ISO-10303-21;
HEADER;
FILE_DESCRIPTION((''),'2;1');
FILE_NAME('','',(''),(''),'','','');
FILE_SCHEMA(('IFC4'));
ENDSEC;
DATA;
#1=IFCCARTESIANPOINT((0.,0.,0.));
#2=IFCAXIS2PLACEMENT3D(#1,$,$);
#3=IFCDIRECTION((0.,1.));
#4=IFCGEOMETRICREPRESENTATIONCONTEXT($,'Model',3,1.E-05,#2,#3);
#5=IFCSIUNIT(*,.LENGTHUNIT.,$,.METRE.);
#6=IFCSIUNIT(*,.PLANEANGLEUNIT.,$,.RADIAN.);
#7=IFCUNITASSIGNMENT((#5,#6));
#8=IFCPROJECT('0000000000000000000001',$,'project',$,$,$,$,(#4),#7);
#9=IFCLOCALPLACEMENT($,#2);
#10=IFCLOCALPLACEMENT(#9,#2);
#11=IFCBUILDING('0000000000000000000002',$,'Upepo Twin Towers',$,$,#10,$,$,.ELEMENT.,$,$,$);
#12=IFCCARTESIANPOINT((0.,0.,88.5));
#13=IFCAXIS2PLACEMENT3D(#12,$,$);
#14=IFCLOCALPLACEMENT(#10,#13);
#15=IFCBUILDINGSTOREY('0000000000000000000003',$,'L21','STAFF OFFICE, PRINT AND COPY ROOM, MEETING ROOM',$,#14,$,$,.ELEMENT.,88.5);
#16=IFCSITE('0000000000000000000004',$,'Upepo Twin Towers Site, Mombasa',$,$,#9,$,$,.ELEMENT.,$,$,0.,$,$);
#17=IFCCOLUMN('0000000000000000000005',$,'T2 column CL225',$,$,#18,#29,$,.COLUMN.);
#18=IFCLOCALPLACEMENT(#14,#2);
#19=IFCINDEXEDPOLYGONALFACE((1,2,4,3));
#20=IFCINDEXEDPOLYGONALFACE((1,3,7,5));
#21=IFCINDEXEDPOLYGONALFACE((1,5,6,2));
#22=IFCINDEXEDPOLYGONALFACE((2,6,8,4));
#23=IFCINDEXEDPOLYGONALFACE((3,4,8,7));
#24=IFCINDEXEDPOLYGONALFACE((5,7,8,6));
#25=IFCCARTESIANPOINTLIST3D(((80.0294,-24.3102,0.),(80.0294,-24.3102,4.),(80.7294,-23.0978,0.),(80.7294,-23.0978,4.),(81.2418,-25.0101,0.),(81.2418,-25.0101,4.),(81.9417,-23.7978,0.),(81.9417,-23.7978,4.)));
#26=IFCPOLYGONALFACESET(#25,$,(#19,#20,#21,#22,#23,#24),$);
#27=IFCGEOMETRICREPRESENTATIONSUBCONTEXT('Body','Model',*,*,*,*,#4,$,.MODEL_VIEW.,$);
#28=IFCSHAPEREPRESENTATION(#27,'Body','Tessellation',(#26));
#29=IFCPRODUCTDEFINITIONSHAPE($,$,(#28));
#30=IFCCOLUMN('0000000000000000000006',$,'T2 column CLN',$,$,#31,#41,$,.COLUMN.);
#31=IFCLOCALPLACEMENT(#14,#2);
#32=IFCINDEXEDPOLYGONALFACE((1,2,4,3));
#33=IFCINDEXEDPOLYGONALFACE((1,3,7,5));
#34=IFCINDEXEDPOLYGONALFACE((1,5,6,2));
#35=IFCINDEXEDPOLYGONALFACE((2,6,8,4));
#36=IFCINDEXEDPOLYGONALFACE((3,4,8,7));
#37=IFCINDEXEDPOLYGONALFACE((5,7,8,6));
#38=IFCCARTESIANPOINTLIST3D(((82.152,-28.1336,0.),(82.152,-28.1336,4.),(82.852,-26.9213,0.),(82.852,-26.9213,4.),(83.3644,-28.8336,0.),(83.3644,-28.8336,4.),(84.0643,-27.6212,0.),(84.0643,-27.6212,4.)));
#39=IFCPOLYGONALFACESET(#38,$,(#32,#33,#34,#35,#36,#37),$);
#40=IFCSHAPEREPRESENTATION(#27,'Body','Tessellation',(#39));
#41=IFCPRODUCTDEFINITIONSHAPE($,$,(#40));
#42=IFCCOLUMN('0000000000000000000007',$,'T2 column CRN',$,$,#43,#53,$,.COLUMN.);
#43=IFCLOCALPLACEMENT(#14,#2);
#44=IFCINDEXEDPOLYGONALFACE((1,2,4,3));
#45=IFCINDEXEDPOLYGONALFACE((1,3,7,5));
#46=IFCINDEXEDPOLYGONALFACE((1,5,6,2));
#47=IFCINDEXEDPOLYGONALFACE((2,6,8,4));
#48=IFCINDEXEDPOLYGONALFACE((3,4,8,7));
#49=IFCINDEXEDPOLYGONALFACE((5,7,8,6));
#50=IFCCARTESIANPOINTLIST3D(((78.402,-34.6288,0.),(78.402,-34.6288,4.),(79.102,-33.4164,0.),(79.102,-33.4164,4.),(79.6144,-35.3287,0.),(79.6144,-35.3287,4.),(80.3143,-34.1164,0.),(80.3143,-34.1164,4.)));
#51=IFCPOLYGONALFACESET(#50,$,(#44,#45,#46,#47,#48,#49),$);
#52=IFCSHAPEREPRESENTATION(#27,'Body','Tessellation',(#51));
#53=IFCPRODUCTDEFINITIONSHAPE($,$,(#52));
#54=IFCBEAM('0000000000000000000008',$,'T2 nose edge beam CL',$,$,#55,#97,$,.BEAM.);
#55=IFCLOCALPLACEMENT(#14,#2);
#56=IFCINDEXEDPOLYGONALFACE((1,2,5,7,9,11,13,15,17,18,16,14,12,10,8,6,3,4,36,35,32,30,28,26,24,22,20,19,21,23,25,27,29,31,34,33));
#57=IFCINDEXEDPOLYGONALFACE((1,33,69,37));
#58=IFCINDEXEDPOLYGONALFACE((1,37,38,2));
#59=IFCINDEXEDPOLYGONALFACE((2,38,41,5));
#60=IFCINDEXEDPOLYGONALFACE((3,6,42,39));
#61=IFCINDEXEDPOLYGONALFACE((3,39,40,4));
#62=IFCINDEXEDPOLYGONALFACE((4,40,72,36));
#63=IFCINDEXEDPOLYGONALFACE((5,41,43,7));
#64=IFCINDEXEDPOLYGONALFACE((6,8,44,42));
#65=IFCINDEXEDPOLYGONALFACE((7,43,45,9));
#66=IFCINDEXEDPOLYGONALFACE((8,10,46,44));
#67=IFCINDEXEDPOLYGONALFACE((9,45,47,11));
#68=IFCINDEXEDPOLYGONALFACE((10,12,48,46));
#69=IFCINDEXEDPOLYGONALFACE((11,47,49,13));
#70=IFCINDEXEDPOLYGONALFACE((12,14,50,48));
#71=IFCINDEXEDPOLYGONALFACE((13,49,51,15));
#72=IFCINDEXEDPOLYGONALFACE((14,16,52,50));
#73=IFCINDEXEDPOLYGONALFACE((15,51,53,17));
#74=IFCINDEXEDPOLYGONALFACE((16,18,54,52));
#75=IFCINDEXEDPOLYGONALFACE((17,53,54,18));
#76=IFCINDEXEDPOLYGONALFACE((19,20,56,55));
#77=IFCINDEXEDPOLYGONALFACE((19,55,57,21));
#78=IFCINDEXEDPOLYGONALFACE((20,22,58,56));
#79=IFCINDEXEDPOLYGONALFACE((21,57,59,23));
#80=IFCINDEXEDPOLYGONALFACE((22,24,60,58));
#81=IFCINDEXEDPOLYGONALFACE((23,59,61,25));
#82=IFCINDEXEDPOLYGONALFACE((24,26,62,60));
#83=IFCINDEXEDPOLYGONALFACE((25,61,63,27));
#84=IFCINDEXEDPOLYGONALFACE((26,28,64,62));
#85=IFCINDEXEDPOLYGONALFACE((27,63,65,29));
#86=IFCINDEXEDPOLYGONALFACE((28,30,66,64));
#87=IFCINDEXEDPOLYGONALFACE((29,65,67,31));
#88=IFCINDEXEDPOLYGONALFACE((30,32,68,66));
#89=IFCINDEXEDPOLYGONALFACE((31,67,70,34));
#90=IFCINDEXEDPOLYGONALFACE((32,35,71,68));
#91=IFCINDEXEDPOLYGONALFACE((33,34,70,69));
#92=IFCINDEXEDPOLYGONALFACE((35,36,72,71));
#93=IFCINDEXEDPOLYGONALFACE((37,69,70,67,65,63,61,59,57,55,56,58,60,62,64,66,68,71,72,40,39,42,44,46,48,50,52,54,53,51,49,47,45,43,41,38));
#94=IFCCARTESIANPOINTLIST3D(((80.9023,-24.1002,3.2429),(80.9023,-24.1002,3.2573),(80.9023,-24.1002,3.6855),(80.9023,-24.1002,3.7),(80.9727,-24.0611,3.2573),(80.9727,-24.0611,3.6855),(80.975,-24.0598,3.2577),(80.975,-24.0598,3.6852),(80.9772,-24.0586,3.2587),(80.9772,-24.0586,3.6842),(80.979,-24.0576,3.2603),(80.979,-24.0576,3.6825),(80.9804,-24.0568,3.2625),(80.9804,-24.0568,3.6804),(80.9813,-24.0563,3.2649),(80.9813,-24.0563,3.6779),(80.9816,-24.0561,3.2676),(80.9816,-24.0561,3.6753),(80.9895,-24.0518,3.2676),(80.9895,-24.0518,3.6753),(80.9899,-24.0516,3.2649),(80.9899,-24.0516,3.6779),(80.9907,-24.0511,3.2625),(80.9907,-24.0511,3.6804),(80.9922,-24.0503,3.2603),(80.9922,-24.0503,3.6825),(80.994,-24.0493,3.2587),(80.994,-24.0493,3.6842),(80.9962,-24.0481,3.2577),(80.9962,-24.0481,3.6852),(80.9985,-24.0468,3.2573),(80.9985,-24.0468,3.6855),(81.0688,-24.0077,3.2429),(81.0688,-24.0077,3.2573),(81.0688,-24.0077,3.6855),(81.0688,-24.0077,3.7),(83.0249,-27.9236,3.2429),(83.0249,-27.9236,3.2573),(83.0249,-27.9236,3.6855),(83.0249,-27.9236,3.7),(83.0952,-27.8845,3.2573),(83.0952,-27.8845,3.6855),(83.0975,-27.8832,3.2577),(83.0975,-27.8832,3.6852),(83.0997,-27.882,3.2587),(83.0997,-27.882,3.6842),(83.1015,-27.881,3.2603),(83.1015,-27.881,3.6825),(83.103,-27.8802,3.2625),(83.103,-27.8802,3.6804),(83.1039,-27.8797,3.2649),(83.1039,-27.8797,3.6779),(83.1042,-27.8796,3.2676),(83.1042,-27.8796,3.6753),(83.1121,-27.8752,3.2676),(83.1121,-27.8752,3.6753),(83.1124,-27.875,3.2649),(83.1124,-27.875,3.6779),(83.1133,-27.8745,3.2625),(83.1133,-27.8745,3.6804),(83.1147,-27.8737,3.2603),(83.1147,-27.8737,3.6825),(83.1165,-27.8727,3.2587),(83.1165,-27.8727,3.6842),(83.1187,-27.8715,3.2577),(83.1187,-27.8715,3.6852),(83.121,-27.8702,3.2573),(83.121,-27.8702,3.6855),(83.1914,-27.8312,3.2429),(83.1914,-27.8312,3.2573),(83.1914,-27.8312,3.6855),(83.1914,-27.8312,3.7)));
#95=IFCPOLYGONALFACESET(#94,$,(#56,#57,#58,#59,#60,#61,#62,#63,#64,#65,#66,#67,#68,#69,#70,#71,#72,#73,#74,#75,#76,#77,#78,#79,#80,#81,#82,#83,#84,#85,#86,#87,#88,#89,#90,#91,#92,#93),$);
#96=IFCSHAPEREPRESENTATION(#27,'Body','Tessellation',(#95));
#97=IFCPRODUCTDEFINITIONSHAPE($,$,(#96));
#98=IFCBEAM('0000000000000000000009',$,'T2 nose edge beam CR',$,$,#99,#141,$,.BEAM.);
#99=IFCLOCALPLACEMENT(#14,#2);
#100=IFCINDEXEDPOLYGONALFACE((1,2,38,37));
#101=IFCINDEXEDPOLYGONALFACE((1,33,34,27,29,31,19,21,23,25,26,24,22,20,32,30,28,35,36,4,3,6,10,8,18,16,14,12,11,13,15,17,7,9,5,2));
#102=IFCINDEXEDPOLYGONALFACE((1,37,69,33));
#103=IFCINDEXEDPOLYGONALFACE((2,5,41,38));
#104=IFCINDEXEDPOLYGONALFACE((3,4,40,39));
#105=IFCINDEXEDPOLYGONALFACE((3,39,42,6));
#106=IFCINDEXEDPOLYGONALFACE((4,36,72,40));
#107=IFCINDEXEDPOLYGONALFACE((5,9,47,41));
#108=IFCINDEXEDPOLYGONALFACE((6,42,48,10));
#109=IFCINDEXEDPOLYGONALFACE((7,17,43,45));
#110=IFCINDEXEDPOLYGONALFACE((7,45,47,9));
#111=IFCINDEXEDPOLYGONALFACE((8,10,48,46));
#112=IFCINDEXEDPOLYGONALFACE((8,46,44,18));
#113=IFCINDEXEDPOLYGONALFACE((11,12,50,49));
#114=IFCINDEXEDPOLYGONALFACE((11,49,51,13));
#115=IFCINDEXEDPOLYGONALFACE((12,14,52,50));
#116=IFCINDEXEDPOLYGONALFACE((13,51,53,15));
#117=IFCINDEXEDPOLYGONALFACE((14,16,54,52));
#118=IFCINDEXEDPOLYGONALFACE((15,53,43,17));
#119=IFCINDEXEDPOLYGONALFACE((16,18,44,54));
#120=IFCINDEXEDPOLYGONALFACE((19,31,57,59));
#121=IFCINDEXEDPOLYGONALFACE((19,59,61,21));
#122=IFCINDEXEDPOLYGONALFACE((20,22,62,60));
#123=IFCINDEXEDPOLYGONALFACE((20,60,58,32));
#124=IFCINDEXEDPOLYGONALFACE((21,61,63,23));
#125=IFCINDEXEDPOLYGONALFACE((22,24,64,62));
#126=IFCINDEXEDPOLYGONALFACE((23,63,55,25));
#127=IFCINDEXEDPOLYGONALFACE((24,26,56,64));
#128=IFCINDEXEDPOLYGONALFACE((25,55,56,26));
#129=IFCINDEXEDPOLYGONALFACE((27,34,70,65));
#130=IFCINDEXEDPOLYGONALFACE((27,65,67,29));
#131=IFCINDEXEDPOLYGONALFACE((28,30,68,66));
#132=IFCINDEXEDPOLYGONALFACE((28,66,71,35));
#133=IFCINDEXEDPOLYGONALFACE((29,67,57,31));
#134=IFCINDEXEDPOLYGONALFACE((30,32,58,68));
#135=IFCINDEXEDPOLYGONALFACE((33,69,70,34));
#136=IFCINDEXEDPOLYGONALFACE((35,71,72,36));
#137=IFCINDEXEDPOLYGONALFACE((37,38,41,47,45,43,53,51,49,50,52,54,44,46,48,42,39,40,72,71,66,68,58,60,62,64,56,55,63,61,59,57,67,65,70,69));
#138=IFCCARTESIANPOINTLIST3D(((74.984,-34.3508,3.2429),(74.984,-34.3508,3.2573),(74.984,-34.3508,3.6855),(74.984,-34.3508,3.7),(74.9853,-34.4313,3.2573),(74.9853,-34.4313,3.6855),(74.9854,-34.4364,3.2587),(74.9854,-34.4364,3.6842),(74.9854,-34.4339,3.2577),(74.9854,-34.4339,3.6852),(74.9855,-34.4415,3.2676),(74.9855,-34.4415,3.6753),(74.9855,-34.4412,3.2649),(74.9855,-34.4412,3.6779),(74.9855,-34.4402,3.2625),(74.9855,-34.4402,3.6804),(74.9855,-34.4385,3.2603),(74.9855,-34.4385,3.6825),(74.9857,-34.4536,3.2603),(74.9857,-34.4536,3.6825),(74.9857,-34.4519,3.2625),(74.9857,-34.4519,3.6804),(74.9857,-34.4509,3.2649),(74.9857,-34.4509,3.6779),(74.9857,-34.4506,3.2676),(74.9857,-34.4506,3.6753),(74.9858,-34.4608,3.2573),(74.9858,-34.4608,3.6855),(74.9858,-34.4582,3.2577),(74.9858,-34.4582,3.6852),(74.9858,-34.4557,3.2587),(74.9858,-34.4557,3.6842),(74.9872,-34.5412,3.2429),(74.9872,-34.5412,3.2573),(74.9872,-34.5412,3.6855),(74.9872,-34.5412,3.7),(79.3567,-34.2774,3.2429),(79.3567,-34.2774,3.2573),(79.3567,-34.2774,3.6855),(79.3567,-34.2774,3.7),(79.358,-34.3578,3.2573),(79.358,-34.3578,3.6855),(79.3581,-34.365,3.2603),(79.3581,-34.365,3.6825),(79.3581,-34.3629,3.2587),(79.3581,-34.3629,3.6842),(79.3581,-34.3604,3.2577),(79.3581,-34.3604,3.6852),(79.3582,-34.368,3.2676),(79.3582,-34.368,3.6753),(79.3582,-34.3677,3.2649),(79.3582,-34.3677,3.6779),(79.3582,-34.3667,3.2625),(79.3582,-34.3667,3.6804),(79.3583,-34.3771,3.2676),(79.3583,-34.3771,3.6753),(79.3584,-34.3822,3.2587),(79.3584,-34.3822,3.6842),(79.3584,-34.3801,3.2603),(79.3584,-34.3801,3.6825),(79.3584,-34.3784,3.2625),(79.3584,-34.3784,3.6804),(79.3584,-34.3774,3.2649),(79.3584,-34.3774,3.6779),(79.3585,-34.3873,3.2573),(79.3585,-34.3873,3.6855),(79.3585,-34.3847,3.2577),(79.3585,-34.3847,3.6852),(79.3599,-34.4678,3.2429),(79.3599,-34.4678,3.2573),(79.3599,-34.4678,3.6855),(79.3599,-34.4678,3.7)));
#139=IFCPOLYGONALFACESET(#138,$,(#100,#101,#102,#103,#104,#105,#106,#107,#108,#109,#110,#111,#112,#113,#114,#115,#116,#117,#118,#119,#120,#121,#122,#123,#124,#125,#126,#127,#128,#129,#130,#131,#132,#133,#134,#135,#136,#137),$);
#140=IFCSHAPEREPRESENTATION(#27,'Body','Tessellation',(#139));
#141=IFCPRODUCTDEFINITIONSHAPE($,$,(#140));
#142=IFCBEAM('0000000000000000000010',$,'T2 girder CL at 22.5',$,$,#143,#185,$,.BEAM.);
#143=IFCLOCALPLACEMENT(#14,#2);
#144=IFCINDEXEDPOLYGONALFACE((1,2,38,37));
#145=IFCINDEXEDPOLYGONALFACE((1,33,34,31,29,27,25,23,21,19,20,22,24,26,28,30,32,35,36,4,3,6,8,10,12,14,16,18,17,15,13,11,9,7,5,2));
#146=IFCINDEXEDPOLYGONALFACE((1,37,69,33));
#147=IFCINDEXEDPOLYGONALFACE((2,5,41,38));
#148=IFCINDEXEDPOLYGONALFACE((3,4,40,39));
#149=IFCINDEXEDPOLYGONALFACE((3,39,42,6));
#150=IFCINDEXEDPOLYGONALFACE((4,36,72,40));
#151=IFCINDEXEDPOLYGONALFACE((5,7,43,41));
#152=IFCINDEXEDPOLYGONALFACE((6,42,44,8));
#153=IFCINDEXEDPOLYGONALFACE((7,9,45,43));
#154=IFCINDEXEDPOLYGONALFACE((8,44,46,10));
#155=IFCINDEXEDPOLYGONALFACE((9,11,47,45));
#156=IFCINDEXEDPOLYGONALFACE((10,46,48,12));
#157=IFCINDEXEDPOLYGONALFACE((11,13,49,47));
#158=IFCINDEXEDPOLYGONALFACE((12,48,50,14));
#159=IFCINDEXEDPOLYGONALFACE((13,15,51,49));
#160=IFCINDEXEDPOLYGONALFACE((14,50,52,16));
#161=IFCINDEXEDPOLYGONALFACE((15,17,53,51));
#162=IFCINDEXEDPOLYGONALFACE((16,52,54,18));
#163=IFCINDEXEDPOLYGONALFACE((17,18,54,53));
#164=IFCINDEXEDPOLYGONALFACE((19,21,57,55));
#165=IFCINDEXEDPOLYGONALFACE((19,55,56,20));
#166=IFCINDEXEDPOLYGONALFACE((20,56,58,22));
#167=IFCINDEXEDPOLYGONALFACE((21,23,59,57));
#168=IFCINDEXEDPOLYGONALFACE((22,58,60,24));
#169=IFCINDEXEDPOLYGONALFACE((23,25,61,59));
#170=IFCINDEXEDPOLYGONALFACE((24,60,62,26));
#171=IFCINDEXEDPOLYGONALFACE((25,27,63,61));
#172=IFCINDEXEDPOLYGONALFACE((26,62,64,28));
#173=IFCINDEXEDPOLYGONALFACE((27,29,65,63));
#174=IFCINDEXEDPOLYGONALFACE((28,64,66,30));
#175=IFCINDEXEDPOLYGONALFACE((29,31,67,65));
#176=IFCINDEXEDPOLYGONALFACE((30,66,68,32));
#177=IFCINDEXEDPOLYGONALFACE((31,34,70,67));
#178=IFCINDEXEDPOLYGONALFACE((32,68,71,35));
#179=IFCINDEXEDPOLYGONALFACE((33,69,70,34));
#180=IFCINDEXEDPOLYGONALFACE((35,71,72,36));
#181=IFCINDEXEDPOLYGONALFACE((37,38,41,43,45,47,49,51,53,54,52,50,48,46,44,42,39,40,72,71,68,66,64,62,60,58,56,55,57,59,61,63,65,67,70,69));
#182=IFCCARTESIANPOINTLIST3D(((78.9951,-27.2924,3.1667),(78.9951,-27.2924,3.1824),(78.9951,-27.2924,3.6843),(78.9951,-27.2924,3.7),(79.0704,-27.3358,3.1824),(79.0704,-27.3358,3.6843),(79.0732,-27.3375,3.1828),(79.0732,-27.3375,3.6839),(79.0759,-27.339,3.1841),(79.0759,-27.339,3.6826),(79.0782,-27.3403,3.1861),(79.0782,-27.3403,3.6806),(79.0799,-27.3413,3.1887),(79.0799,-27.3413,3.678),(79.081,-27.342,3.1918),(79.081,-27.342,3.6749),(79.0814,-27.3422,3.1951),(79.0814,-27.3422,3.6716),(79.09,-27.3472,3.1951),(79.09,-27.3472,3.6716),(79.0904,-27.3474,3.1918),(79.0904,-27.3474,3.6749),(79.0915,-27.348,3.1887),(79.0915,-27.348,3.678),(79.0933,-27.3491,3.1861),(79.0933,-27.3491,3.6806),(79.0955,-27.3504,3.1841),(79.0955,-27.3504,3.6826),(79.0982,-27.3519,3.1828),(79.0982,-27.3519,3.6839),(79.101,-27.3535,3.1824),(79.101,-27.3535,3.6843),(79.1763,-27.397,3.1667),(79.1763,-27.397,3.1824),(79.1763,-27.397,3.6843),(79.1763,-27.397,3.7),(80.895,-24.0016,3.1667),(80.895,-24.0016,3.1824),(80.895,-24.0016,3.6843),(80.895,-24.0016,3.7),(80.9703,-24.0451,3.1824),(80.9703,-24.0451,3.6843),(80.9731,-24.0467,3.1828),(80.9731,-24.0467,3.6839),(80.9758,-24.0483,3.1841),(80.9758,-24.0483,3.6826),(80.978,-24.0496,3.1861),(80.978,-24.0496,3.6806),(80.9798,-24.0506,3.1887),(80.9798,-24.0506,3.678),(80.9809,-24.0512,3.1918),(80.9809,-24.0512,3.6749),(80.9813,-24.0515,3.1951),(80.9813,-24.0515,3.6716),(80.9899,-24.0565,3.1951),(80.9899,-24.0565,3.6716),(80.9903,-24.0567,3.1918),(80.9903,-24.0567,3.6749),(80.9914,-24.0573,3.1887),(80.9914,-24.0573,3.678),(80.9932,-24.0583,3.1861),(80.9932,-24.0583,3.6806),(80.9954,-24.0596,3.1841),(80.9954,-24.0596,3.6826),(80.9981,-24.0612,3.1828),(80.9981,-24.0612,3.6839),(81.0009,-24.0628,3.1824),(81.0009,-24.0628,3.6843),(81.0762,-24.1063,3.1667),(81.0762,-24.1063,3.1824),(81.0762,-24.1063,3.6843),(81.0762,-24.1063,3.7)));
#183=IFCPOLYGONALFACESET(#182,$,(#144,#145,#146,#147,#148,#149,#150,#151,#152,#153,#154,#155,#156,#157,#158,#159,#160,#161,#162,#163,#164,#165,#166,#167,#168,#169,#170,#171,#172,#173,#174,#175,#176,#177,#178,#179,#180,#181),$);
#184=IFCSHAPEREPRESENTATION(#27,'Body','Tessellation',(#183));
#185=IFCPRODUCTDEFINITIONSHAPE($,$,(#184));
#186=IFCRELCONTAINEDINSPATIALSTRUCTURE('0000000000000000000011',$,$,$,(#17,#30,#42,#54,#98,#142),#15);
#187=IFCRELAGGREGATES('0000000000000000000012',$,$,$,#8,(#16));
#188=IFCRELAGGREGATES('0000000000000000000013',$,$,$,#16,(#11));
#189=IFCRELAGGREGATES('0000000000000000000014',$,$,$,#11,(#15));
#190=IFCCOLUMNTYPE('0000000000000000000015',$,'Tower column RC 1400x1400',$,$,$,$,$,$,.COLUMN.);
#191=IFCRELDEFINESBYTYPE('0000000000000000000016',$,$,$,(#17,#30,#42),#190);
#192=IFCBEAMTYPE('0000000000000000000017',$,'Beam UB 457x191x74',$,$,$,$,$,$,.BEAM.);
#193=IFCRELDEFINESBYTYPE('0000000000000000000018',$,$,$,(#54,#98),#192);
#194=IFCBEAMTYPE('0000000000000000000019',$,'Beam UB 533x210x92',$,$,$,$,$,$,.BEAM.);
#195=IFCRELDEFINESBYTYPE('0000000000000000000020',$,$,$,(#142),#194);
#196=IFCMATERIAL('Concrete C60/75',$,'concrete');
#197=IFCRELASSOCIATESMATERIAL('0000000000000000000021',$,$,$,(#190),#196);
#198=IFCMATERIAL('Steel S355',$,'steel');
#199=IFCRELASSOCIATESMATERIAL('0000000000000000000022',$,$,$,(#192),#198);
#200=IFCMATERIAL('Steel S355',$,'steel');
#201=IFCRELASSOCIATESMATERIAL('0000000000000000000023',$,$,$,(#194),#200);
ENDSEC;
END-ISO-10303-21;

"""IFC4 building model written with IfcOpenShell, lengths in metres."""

from ifc_helpers import new_model, si_unit, direction, frame, origin, origin_2d, place, context, subcontext, project, spatial, rectangle, i_section, extrude, material, material_profile, profile_set, type_object, element, save


model = new_model("IFC4")

# Units and contexts
model_context = context("Model", 3, precision=1e-05, world=origin(), true_north=direction((0.0, 1.0)))
body_context = subcontext(model_context, "Body", "Model", "MODEL_VIEW")
ifc_project = project(units=[si_unit("LENGTHUNIT", "METRE"), si_unit("PLANEANGLEUNIT", "RADIAN")], contexts=[model_context])

# Site, building, storey
site_placement = place(None, origin())
site = spatial("IfcSite", under=ifc_project, at=site_placement, Name="Upepo Twin Towers Site, Mombasa", CompositionType="ELEMENT", RefElevation=0.0)
building_placement = place(site_placement, origin())
building = spatial("IfcBuilding", under=site, at=building_placement, Name="Upepo Twin Towers", CompositionType="ELEMENT")
storey_placement = place(building_placement, frame((0.0, 0.0, 88.5)))
storey = spatial("IfcBuildingStorey", under=building, at=storey_placement, Name="L21", Description="STAFF OFFICE, PRINT AND COPY ROOM, MEETING ROOM", CompositionType="ELEMENT", Elevation=88.5)

# Columns
ifc_material_1 = material(Name="Concrete C60/75", Category="concrete")
ifc_material_profile_1 = material_profile(ifc_material_1, rectangle(XDim=1.3999, YDim=1.3999, at=origin_2d()), Name="RC 1400x1400")
ifc_profile_set_1 = profile_set([ifc_material_profile_1], Name="Concrete C60/75")
column_type = type_object("IfcColumnType", Name="Tower column RC 1400x1400", PredefinedType="COLUMN", material=ifc_profile_set_1)
for number, where, z_axis, x_axis, name in (
    (1, (80.9856, -24.054, 0.0), (0.0, 0.0, 1.0), (0.5, 0.866025, 0.0), "T2 column CL225"),
    (2, (83.1082, -27.8774, 0.0), (0.0, 0.0, 1.0), (0.5, 0.866025, 0.0), "T2 column CLN"),
    (3, (79.3582, -34.3726, 0.0), (0.0, 0.0, 1.0), (0.5, 0.866025, 0.0), "T2 column CRN"),
):
    element("IfcColumn", number, at=place(storey_placement, frame(where, z_axis=z_axis, x_axis=x_axis)), inside=storey, type_object=column_type, Name=name, PredefinedType="COLUMN", context=body_context, shape_type="SweptSolid", body=[
        extrude(rectangle(XDim=1.3999, YDim=1.3999, at=origin_2d()), origin(), (0.0, 0.0, 1.0), 4.0),
    ])

# Beams
ifc_material_2 = material(Name="Steel S355", Category="steel")
ifc_material_profile_2 = material_profile(ifc_material_2, i_section(OverallWidth=0.1904, OverallDepth=0.457, WebThickness=0.009, FlangeThickness=0.0144, FilletRadius=0.0103, at=origin_2d()), Name="UB 457x191x74")
ifc_profile_set_2 = profile_set([ifc_material_profile_2], Name="Steel S355")
beam_type_1 = type_object("IfcBeamType", Name="Beam UB 457x191x74", PredefinedType="BEAM", material=ifc_profile_set_2)
beam_1_placement = place(storey_placement, frame((80.9856, -24.054, 3.4714), z_axis=(0.485363, -0.874313, 0.0), x_axis=(0.874313, 0.485363, 0.0)))
element("IfcBeam", 4, at=beam_1_placement, inside=storey, type_object=beam_type_1, Name="T2 nose edge beam CL", PredefinedType="BEAM", context=body_context, shape_type="SweptSolid", body=[
    extrude(i_section(OverallWidth=0.1904, OverallDepth=0.457, WebThickness=0.009, FlangeThickness=0.0144, FilletRadius=0.0103, at=origin_2d()), origin(), (0.0, 0.0, 1.0), 4.373),
])
beam_2_placement = place(storey_placement, frame((74.9856, -34.446, 3.4714), z_axis=(0.999859, 0.016804, 0.0), x_axis=(-0.016804, 0.999859, 0.0)))
element("IfcBeam", 5, at=beam_2_placement, inside=storey, type_object=beam_type_1, Name="T2 nose edge beam CR", PredefinedType="BEAM", context=body_context, shape_type="SweptSolid", body=[
    extrude(i_section(OverallWidth=0.1904, OverallDepth=0.457, WebThickness=0.009, FlangeThickness=0.0144, FilletRadius=0.0103, at=origin_2d()), origin(), (0.0, 0.0, 1.0), 4.3733),
])
ifc_material_3 = material(Name="Steel S355", Category="steel")
ifc_material_profile_3 = material_profile(ifc_material_3, i_section(OverallWidth=0.2092, OverallDepth=0.5332, WebThickness=0.01, FlangeThickness=0.0156, FilletRadius=0.0127, at=origin_2d()), Name="UB 533x210x92")
ifc_profile_set_3 = profile_set([ifc_material_profile_3], Name="Steel S355")
beam_type_2 = type_object("IfcBeamType", Name="Beam UB 533x210x92", PredefinedType="BEAM", material=ifc_profile_set_3)
for number, where, z_axis, x_axis, name in (
    (6, (80.9856, -24.054, 3.4333), (-0.499995, -0.866028, 0.0), (0.866028, -0.499995, 0.0), "T2 girder CL at 22.5"),
):
    element("IfcBeam", number, at=place(storey_placement, frame(where, z_axis=z_axis, x_axis=x_axis)), inside=storey, type_object=beam_type_2, Name=name, PredefinedType="BEAM", context=body_context, shape_type="SweptSolid", body=[
        extrude(i_section(OverallWidth=0.2092, OverallDepth=0.5332, WebThickness=0.01, FlangeThickness=0.0156, FilletRadius=0.0127, at=origin_2d()), origin(), (0.0, 0.0, 1.0), 3.7998),
    ])

save(model, "model.ifc")
